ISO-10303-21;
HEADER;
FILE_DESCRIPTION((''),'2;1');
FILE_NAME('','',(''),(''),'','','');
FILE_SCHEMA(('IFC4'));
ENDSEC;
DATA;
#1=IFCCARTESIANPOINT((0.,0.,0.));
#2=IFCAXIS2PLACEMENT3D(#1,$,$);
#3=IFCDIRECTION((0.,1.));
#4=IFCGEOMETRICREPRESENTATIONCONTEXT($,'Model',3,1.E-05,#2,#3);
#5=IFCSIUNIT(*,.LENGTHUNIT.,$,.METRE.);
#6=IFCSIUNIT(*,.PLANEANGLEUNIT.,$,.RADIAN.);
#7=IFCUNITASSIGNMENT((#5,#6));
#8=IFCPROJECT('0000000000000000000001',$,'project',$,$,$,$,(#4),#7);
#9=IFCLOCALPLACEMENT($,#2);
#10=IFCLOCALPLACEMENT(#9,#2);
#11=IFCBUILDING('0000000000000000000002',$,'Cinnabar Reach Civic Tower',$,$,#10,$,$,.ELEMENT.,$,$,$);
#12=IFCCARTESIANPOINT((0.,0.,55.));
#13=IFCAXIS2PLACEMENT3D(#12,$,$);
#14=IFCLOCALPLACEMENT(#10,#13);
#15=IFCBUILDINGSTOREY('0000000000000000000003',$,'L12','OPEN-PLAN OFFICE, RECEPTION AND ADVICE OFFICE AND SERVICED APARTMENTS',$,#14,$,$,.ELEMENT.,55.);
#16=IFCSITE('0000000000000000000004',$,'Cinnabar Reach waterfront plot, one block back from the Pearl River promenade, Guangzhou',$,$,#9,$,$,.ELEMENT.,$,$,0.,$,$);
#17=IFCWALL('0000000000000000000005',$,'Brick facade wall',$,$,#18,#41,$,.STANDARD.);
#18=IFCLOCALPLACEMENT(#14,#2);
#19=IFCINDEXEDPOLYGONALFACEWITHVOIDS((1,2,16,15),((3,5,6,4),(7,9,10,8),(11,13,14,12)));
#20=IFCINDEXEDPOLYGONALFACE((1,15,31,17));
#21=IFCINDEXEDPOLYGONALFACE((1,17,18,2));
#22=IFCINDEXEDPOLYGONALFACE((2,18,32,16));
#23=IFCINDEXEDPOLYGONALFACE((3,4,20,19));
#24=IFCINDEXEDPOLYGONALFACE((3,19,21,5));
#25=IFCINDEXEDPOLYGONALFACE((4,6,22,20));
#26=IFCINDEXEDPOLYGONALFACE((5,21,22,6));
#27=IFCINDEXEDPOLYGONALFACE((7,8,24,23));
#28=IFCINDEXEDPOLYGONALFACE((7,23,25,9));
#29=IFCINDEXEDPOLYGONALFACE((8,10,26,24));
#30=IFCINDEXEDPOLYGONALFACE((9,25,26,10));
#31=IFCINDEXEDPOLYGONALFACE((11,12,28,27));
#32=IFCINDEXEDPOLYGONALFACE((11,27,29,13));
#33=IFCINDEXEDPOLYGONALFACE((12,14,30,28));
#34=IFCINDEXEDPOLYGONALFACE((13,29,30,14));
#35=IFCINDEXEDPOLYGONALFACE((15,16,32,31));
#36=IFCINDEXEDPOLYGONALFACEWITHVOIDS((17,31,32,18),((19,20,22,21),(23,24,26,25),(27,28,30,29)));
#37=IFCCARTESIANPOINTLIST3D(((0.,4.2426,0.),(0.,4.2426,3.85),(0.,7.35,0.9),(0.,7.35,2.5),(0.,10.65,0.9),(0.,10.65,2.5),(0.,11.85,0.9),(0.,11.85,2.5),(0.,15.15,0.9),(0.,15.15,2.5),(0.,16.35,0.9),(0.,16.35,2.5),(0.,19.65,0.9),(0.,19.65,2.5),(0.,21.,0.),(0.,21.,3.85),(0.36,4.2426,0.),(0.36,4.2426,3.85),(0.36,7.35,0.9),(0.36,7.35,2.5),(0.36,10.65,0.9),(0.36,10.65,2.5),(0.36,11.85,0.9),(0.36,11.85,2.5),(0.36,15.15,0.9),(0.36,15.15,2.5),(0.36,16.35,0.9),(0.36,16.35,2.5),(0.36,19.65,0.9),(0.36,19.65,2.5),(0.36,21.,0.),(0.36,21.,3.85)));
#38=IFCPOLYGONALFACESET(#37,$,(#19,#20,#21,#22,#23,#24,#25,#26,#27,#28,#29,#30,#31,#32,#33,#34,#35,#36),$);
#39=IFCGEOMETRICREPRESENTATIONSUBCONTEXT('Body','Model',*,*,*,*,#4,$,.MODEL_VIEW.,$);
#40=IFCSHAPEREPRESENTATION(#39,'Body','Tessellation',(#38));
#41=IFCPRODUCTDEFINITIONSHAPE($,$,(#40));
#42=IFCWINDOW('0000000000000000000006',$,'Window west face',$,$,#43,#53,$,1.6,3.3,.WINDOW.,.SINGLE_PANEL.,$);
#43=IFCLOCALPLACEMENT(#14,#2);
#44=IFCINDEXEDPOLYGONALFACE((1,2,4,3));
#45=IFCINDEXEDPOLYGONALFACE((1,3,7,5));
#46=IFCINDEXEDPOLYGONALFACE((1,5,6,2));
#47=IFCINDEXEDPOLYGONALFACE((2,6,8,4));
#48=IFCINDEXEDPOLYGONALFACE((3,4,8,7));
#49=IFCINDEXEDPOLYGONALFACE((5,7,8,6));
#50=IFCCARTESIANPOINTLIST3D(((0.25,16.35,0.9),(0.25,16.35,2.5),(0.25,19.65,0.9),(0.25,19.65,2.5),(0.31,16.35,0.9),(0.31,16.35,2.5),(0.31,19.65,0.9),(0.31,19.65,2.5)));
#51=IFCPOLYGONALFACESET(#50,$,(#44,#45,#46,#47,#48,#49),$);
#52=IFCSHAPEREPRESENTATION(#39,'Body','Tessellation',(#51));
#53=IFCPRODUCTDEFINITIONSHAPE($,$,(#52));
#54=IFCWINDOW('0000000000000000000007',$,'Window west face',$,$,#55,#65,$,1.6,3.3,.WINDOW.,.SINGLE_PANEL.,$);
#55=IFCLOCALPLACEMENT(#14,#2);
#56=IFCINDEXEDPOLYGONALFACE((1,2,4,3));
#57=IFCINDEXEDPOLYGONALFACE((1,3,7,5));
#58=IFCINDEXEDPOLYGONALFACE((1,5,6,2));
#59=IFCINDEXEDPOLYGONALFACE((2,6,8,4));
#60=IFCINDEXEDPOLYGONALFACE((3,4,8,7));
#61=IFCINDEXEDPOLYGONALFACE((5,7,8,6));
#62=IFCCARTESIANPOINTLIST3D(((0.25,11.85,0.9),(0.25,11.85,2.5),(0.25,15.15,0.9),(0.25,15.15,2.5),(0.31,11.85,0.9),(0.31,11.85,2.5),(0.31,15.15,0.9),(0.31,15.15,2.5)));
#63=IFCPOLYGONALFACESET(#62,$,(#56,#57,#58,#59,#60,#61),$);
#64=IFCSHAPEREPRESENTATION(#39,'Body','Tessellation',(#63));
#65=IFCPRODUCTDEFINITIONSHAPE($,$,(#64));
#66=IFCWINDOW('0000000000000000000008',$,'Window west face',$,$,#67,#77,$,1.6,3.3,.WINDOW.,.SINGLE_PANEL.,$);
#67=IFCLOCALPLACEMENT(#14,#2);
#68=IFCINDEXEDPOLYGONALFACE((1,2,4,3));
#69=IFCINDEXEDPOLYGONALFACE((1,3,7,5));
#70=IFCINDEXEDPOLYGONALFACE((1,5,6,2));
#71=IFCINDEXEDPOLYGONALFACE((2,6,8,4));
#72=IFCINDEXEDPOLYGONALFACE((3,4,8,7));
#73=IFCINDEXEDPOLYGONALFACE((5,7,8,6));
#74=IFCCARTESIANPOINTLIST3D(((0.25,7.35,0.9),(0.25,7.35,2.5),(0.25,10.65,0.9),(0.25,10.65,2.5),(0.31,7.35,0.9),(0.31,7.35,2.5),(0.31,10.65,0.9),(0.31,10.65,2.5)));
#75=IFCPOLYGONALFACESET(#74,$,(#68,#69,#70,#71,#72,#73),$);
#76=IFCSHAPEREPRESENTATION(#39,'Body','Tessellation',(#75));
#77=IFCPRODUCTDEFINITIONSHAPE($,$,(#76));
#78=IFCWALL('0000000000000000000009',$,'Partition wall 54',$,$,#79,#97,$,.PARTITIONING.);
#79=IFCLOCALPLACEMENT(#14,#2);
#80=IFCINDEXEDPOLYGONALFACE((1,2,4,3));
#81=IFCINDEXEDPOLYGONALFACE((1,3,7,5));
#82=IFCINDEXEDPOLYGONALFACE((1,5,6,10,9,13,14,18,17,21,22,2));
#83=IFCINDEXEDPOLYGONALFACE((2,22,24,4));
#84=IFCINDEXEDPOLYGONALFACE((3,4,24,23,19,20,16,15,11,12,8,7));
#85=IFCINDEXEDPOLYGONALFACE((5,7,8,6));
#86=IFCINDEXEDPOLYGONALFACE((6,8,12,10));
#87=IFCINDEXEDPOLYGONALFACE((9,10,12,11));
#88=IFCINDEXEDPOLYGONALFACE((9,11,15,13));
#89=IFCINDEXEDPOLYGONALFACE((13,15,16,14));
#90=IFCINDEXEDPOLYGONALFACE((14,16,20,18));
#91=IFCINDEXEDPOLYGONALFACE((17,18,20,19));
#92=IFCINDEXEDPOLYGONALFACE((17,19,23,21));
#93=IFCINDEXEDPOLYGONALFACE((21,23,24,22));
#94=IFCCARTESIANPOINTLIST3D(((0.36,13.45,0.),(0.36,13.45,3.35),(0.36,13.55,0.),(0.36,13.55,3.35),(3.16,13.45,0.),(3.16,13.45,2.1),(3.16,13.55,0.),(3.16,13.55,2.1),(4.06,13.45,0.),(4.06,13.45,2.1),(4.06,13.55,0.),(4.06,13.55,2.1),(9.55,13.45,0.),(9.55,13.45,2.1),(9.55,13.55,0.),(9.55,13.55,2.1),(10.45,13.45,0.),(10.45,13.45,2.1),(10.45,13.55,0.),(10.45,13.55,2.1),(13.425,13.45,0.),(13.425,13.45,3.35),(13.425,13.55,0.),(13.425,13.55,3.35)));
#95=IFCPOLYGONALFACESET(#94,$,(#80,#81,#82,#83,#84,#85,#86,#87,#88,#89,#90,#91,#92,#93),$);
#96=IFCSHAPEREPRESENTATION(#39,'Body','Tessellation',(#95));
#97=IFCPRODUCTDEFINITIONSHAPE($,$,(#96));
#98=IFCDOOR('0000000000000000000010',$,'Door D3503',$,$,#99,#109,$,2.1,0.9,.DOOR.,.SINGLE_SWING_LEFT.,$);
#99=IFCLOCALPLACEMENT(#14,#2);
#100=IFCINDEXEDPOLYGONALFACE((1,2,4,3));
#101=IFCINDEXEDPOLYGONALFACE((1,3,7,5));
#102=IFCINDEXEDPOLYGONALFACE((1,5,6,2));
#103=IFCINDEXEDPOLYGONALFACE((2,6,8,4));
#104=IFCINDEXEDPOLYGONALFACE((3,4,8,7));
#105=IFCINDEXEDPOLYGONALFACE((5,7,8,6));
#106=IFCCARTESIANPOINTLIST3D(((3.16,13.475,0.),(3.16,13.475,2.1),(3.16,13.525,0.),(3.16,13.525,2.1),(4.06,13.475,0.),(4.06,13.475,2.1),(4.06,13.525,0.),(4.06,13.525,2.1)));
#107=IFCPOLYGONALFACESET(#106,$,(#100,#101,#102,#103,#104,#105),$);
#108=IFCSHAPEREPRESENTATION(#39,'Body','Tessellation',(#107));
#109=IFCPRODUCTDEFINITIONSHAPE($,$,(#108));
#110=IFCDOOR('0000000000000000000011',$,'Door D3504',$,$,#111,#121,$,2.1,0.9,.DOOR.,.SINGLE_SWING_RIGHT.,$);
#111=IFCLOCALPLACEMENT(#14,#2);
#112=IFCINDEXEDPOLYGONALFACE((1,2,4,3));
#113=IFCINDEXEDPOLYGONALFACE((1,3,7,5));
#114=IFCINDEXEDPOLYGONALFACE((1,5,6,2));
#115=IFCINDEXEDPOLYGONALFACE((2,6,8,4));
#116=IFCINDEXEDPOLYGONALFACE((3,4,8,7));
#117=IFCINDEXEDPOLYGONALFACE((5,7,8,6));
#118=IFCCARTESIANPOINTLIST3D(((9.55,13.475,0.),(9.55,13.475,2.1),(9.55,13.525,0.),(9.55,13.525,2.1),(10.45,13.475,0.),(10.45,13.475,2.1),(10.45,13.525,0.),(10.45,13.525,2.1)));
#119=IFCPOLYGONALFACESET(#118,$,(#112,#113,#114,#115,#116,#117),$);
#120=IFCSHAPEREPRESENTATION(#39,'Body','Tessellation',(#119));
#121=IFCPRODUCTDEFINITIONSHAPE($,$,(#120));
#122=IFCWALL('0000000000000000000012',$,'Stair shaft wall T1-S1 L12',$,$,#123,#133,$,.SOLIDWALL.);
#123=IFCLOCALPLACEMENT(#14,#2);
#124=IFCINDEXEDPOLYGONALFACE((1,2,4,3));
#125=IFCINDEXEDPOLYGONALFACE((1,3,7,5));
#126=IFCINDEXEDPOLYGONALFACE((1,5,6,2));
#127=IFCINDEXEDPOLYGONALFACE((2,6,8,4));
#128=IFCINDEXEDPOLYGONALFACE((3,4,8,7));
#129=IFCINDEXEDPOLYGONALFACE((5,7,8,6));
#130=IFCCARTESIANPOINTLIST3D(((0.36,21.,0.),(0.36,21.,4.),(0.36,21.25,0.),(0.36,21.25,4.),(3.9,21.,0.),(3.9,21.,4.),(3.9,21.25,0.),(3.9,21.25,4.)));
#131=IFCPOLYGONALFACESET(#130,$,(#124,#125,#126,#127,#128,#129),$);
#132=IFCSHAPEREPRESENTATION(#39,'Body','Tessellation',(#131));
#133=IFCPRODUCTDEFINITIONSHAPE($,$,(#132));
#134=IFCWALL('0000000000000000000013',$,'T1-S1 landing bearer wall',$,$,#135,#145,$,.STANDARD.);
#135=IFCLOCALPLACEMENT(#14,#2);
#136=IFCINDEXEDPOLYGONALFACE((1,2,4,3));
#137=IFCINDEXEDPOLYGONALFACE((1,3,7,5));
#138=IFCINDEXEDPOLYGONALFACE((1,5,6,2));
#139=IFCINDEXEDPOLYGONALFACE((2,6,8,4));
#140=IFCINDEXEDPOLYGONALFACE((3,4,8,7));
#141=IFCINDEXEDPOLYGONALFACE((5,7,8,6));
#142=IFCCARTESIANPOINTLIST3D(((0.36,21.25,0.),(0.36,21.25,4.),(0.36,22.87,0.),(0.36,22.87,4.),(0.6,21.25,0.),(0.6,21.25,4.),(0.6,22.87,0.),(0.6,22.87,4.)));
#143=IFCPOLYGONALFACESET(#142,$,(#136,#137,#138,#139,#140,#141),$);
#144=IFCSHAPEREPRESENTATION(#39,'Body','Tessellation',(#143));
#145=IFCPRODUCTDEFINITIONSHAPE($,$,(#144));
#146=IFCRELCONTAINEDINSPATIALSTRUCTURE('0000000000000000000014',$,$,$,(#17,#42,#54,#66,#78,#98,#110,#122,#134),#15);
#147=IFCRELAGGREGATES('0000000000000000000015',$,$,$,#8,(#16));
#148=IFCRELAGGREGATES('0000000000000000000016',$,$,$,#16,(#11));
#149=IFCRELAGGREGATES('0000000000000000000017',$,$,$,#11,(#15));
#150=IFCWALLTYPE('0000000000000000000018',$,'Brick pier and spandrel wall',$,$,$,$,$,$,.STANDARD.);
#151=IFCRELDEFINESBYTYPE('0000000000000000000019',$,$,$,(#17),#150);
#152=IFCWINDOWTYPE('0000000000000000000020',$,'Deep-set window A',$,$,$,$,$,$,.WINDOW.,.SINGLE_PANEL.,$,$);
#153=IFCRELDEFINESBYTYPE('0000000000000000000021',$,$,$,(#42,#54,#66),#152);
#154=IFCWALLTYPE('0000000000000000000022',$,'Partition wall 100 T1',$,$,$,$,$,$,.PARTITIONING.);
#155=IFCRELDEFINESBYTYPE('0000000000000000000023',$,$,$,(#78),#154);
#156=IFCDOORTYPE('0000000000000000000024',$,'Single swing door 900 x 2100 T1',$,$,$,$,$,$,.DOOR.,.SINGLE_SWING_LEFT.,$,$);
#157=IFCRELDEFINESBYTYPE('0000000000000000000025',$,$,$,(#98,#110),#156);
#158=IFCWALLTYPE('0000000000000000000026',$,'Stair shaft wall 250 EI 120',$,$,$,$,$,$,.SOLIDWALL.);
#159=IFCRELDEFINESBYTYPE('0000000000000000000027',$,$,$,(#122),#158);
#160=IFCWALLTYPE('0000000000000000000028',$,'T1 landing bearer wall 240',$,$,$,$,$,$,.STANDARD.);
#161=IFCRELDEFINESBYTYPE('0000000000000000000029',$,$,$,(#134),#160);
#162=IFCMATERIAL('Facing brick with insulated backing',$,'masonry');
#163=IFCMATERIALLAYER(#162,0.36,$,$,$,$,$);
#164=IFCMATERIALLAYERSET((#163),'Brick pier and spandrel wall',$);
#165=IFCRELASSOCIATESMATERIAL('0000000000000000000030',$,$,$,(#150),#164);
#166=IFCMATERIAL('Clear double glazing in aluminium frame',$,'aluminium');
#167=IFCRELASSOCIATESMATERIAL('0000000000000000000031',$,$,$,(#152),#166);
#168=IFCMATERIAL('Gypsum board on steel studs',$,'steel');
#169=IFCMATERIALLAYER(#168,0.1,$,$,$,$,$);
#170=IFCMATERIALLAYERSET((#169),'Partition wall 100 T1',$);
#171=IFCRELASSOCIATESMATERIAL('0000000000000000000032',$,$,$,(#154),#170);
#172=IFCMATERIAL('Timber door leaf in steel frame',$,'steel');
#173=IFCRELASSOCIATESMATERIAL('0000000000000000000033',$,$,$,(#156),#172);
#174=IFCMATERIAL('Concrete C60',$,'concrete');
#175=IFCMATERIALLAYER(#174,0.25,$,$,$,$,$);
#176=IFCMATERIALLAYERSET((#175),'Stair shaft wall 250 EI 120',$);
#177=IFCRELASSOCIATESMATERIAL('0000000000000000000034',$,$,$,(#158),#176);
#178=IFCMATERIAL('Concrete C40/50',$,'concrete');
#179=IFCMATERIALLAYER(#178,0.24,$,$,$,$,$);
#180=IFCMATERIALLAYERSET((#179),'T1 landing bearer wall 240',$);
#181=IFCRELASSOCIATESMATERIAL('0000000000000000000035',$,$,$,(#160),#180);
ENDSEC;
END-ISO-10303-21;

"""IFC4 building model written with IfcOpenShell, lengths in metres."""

from ifc_helpers import new_model, si_unit, direction, frame, frame_2d, origin, place, context, subcontext, project, spatial, rectangle, extrude, material, layer, layer_set, type_object, element, fill, save


model = new_model("IFC4")

# Units and contexts
model_context = context("Model", 3, precision=1e-05, world=origin(), true_north=direction((0.0, 1.0)))
body_context = subcontext(model_context, "Body", "Model", "MODEL_VIEW")
ifc_project = project(units=[si_unit("LENGTHUNIT", "METRE"), si_unit("PLANEANGLEUNIT", "RADIAN")], contexts=[model_context])

# Site, building, storey
site_placement = place(None, origin())
site = spatial("IfcSite", under=ifc_project, at=site_placement, Name="Cinnabar Reach waterfront plot, one block back from the Pearl River promenade, Guangzhou", CompositionType="ELEMENT", RefElevation=0.0)
building_placement = place(site_placement, origin())
building = spatial("IfcBuilding", under=site, at=building_placement, Name="Cinnabar Reach Civic Tower", CompositionType="ELEMENT")
storey_placement = place(building_placement, frame((0.0, 0.0, 55.0)))
storey = spatial("IfcBuildingStorey", under=building, at=storey_placement, Name="L12", Description="OPEN-PLAN OFFICE, RECEPTION AND ADVICE OFFICE AND SERVICED APARTMENTS", CompositionType="ELEMENT", Elevation=55.0)

# Shared definitions
ifc_material_1 = material(Name="Facing brick with insulated backing", Category="masonry")

# Wall, openings, windows
ifc_layer_1 = layer(ifc_material_1, 0.36)
ifc_layer_set_1 = layer_set([ifc_layer_1], Name="Brick pier and spandrel wall")
wall_type_1 = type_object("IfcWallType", Name="Brick pier and spandrel wall", PredefinedType="STANDARD", material=ifc_layer_set_1)
wall_1_placement = place(storey_placement, frame((0.18, 21.0, 0.0), z_axis=(0.0, 0.0, 1.0), x_axis=(0.0, -1.0, 0.0)))
wall_1 = element("IfcWall", 1, at=wall_1_placement, inside=storey, type_object=wall_type_1, Name="Brick facade wall", PredefinedType="STANDARD", context=body_context, shape_type="SweptSolid", body=[
    extrude(rectangle(XDim=16.7574, YDim=0.36, at=frame_2d((8.3787, 0.0))), origin(), (0.0, 0.0, 1.0), 3.85),
])
opening_1_placement = place(wall_1_placement, frame((1.35, 0.0, 0.9)))
opening_1 = element("IfcOpeningElement", 2, at=opening_1_placement, cuts=wall_1, PredefinedType="OPENING", context=body_context, shape_type="SweptSolid", body=[
    extrude(rectangle(XDim=3.3, YDim=1.6, at=frame_2d((1.65, 0.8))), frame((0.0, 0.19, 0.0), z_axis=(0.0, -1.0, 0.0), x_axis=(1.0, 0.0, 0.0)), (0.0, 0.0, 1.0), 0.38),
])
opening_2_placement = place(wall_1_placement, frame((5.85, 0.0, 0.9)))
opening_2 = element("IfcOpeningElement", 3, at=opening_2_placement, cuts=wall_1, PredefinedType="OPENING", context=body_context, shape_type="SweptSolid", body=[
    extrude(rectangle(XDim=3.3, YDim=1.6, at=frame_2d((1.65, 0.8))), frame((0.0, 0.19, 0.0), z_axis=(0.0, -1.0, 0.0), x_axis=(1.0, 0.0, 0.0)), (0.0, 0.0, 1.0), 0.38),
])
opening_3_placement = place(wall_1_placement, frame((10.35, 0.0, 0.9)))
opening_3 = element("IfcOpeningElement", 4, at=opening_3_placement, cuts=wall_1, PredefinedType="OPENING", context=body_context, shape_type="SweptSolid", body=[
    extrude(rectangle(XDim=3.3, YDim=1.6, at=frame_2d((1.65, 0.8))), frame((0.0, 0.19, 0.0), z_axis=(0.0, -1.0, 0.0), x_axis=(1.0, 0.0, 0.0)), (0.0, 0.0, 1.0), 0.38),
])
ifc_material_2 = material(Name="Clear double glazing in aluminium frame", Category="aluminium")
window_type = type_object("IfcWindowType", Name="Deep-set window A", PartitioningType="SINGLE_PANEL", PredefinedType="WINDOW", material=ifc_material_2)
window_1_placement = place(opening_1_placement, origin())
window_1 = element("IfcWindow", 5, at=window_1_placement, inside=storey, type_object=window_type, Name="Window west face", OverallHeight=1.6, OverallWidth=3.3, PartitioningType="SINGLE_PANEL", PredefinedType="WINDOW", context=body_context, shape_type="SweptSolid", body=[
    extrude(rectangle(XDim=3.3, YDim=1.6, at=frame_2d((1.65, 0.8))), frame((0.0, 0.13, 0.0), z_axis=(0.0, -1.0, 0.0), x_axis=(1.0, 0.0, 0.0)), (0.0, 0.0, 1.0), 0.06),
])
fill(opening_1, window_1)
window_2_placement = place(opening_2_placement, origin())
window_2 = element("IfcWindow", 6, at=window_2_placement, inside=storey, type_object=window_type, Name="Window west face", OverallHeight=1.6, OverallWidth=3.3, PartitioningType="SINGLE_PANEL", PredefinedType="WINDOW", context=body_context, shape_type="SweptSolid", body=[
    extrude(rectangle(XDim=3.3, YDim=1.6, at=frame_2d((1.65, 0.8))), frame((0.0, 0.13, 0.0), z_axis=(0.0, -1.0, 0.0), x_axis=(1.0, 0.0, 0.0)), (0.0, 0.0, 1.0), 0.06),
])
fill(opening_2, window_2)
window_3_placement = place(opening_3_placement, origin())
window_3 = element("IfcWindow", 7, at=window_3_placement, inside=storey, type_object=window_type, Name="Window west face", OverallHeight=1.6, OverallWidth=3.3, PartitioningType="SINGLE_PANEL", PredefinedType="WINDOW", context=body_context, shape_type="SweptSolid", body=[
    extrude(rectangle(XDim=3.3, YDim=1.6, at=frame_2d((1.65, 0.8))), frame((0.0, 0.13, 0.0), z_axis=(0.0, -1.0, 0.0), x_axis=(1.0, 0.0, 0.0)), (0.0, 0.0, 1.0), 0.06),
])
fill(opening_3, window_3)

# Wall, openings, doors
ifc_material_3 = material(Name="Gypsum board on steel studs", Category="steel")
ifc_layer_2 = layer(ifc_material_3, 0.1)
ifc_layer_set_2 = layer_set([ifc_layer_2], Name="Partition wall 100 T1")
wall_type_2 = type_object("IfcWallType", Name="Partition wall 100 T1", PredefinedType="PARTITIONING", material=ifc_layer_set_2)
wall_2_placement = place(storey_placement, frame((0.36, 13.5, 0.0), z_axis=(0.0, 0.0, 1.0), x_axis=(1.0, 0.0, 0.0)))
wall_2 = element("IfcWall", 8, at=wall_2_placement, inside=storey, type_object=wall_type_2, Name="Partition wall 54", PredefinedType="PARTITIONING", context=body_context, shape_type="SweptSolid", body=[
    extrude(rectangle(XDim=13.065, YDim=0.1, at=frame_2d((6.5325, 0.0))), origin(), (0.0, 0.0, 1.0), 3.35),
])
opening_4_placement = place(wall_2_placement, frame((2.8, 0.0, 0.0)))
opening_4 = element("IfcOpeningElement", 9, at=opening_4_placement, cuts=wall_2, PredefinedType="OPENING", context=body_context, shape_type="SweptSolid", body=[
    extrude(rectangle(XDim=0.9, YDim=2.1, at=frame_2d((0.45, 1.05))), frame((0.0, 0.06, 0.0), z_axis=(0.0, -1.0, 0.0), x_axis=(1.0, 0.0, 0.0)), (0.0, 0.0, 1.0), 0.12),
])
opening_5_placement = place(wall_2_placement, frame((9.19, 0.0, 0.0)))
opening_5 = element("IfcOpeningElement", 10, at=opening_5_placement, cuts=wall_2, PredefinedType="OPENING", context=body_context, shape_type="SweptSolid", body=[
    extrude(rectangle(XDim=0.9, YDim=2.1, at=frame_2d((0.45, 1.05))), frame((0.0, 0.06, 0.0), z_axis=(0.0, -1.0, 0.0), x_axis=(1.0, 0.0, 0.0)), (0.0, 0.0, 1.0), 0.12),
])
ifc_material_4 = material(Name="Timber door leaf in steel frame", Category="steel")
door_type = type_object("IfcDoorType", Name="Single swing door 900 x 2100 T1", OperationType="SINGLE_SWING_LEFT", PredefinedType="DOOR", material=ifc_material_4)
door_1_placement = place(opening_4_placement, origin())
door_1 = element("IfcDoor", 11, at=door_1_placement, inside=storey, type_object=door_type, Name="Door D3503", OperationType="SINGLE_SWING_LEFT", OverallHeight=2.1, OverallWidth=0.9, PredefinedType="DOOR", context=body_context, shape_type="SweptSolid", body=[
    extrude(rectangle(XDim=0.9, YDim=2.1, at=frame_2d((0.45, 1.05))), frame((0.0, 0.025, 0.0), z_axis=(0.0, -1.0, 0.0), x_axis=(1.0, 0.0, 0.0)), (0.0, 0.0, 1.0), 0.05),
])
fill(opening_4, door_1)
door_2_placement = place(opening_5_placement, origin())
door_2 = element("IfcDoor", 12, at=door_2_placement, inside=storey, type_object=door_type, Name="Door D3504", OperationType="SINGLE_SWING_RIGHT", OverallHeight=2.1, OverallWidth=0.9, PredefinedType="DOOR", context=body_context, shape_type="SweptSolid", body=[
    extrude(rectangle(XDim=0.9, YDim=2.1, at=frame_2d((0.45, 1.05))), frame((0.0, 0.025, 0.0), z_axis=(0.0, -1.0, 0.0), x_axis=(1.0, 0.0, 0.0)), (0.0, 0.0, 1.0), 0.05),
])
fill(opening_5, door_2)

# Walls
ifc_material_5 = material(Name="Concrete C60", Category="concrete")
ifc_layer_3 = layer(ifc_material_5, 0.25)
ifc_layer_set_3 = layer_set([ifc_layer_3], Name="Stair shaft wall 250 EI 120")
wall_type_3 = type_object("IfcWallType", Name="Stair shaft wall 250 EI 120", PredefinedType="SOLIDWALL", material=ifc_layer_set_3)
wall_3_placement = place(storey_placement, frame((0.36, 21.125, 0.0), z_axis=(0.0, 0.0, 1.0), x_axis=(1.0, 0.0, 0.0)))
element("IfcWall", 13, at=wall_3_placement, inside=storey, type_object=wall_type_3, Name="Stair shaft wall T1-S1 L12", PredefinedType="SOLIDWALL", context=body_context, shape_type="SweptSolid", body=[
    extrude(rectangle(XDim=3.54, YDim=0.25, at=frame_2d((1.77, 0.0))), origin(), (0.0, 0.0, 1.0), 4.0),
])
ifc_material_6 = material(Name="Concrete C40/50", Category="concrete")
ifc_layer_4 = layer(ifc_material_6, 0.24)
ifc_layer_set_4 = layer_set([ifc_layer_4], Name="T1 landing bearer wall 240")
wall_type_4 = type_object("IfcWallType", Name="T1 landing bearer wall 240", PredefinedType="STANDARD", material=ifc_layer_set_4)
wall_4_placement = place(storey_placement, frame((0.48, 21.25, 0.0), z_axis=(0.0, 0.0, 1.0), x_axis=(0.0, 1.0, 0.0)))
element("IfcWall", 14, at=wall_4_placement, inside=storey, type_object=wall_type_4, Name="T1-S1 landing bearer wall", PredefinedType="STANDARD", context=body_context, shape_type="SweptSolid", body=[
    extrude(rectangle(XDim=1.62, YDim=0.24, at=frame_2d((0.81, 0.0))), origin(), (0.0, 0.0, 1.0), 4.0),
])

save(model, "model.ifc")
